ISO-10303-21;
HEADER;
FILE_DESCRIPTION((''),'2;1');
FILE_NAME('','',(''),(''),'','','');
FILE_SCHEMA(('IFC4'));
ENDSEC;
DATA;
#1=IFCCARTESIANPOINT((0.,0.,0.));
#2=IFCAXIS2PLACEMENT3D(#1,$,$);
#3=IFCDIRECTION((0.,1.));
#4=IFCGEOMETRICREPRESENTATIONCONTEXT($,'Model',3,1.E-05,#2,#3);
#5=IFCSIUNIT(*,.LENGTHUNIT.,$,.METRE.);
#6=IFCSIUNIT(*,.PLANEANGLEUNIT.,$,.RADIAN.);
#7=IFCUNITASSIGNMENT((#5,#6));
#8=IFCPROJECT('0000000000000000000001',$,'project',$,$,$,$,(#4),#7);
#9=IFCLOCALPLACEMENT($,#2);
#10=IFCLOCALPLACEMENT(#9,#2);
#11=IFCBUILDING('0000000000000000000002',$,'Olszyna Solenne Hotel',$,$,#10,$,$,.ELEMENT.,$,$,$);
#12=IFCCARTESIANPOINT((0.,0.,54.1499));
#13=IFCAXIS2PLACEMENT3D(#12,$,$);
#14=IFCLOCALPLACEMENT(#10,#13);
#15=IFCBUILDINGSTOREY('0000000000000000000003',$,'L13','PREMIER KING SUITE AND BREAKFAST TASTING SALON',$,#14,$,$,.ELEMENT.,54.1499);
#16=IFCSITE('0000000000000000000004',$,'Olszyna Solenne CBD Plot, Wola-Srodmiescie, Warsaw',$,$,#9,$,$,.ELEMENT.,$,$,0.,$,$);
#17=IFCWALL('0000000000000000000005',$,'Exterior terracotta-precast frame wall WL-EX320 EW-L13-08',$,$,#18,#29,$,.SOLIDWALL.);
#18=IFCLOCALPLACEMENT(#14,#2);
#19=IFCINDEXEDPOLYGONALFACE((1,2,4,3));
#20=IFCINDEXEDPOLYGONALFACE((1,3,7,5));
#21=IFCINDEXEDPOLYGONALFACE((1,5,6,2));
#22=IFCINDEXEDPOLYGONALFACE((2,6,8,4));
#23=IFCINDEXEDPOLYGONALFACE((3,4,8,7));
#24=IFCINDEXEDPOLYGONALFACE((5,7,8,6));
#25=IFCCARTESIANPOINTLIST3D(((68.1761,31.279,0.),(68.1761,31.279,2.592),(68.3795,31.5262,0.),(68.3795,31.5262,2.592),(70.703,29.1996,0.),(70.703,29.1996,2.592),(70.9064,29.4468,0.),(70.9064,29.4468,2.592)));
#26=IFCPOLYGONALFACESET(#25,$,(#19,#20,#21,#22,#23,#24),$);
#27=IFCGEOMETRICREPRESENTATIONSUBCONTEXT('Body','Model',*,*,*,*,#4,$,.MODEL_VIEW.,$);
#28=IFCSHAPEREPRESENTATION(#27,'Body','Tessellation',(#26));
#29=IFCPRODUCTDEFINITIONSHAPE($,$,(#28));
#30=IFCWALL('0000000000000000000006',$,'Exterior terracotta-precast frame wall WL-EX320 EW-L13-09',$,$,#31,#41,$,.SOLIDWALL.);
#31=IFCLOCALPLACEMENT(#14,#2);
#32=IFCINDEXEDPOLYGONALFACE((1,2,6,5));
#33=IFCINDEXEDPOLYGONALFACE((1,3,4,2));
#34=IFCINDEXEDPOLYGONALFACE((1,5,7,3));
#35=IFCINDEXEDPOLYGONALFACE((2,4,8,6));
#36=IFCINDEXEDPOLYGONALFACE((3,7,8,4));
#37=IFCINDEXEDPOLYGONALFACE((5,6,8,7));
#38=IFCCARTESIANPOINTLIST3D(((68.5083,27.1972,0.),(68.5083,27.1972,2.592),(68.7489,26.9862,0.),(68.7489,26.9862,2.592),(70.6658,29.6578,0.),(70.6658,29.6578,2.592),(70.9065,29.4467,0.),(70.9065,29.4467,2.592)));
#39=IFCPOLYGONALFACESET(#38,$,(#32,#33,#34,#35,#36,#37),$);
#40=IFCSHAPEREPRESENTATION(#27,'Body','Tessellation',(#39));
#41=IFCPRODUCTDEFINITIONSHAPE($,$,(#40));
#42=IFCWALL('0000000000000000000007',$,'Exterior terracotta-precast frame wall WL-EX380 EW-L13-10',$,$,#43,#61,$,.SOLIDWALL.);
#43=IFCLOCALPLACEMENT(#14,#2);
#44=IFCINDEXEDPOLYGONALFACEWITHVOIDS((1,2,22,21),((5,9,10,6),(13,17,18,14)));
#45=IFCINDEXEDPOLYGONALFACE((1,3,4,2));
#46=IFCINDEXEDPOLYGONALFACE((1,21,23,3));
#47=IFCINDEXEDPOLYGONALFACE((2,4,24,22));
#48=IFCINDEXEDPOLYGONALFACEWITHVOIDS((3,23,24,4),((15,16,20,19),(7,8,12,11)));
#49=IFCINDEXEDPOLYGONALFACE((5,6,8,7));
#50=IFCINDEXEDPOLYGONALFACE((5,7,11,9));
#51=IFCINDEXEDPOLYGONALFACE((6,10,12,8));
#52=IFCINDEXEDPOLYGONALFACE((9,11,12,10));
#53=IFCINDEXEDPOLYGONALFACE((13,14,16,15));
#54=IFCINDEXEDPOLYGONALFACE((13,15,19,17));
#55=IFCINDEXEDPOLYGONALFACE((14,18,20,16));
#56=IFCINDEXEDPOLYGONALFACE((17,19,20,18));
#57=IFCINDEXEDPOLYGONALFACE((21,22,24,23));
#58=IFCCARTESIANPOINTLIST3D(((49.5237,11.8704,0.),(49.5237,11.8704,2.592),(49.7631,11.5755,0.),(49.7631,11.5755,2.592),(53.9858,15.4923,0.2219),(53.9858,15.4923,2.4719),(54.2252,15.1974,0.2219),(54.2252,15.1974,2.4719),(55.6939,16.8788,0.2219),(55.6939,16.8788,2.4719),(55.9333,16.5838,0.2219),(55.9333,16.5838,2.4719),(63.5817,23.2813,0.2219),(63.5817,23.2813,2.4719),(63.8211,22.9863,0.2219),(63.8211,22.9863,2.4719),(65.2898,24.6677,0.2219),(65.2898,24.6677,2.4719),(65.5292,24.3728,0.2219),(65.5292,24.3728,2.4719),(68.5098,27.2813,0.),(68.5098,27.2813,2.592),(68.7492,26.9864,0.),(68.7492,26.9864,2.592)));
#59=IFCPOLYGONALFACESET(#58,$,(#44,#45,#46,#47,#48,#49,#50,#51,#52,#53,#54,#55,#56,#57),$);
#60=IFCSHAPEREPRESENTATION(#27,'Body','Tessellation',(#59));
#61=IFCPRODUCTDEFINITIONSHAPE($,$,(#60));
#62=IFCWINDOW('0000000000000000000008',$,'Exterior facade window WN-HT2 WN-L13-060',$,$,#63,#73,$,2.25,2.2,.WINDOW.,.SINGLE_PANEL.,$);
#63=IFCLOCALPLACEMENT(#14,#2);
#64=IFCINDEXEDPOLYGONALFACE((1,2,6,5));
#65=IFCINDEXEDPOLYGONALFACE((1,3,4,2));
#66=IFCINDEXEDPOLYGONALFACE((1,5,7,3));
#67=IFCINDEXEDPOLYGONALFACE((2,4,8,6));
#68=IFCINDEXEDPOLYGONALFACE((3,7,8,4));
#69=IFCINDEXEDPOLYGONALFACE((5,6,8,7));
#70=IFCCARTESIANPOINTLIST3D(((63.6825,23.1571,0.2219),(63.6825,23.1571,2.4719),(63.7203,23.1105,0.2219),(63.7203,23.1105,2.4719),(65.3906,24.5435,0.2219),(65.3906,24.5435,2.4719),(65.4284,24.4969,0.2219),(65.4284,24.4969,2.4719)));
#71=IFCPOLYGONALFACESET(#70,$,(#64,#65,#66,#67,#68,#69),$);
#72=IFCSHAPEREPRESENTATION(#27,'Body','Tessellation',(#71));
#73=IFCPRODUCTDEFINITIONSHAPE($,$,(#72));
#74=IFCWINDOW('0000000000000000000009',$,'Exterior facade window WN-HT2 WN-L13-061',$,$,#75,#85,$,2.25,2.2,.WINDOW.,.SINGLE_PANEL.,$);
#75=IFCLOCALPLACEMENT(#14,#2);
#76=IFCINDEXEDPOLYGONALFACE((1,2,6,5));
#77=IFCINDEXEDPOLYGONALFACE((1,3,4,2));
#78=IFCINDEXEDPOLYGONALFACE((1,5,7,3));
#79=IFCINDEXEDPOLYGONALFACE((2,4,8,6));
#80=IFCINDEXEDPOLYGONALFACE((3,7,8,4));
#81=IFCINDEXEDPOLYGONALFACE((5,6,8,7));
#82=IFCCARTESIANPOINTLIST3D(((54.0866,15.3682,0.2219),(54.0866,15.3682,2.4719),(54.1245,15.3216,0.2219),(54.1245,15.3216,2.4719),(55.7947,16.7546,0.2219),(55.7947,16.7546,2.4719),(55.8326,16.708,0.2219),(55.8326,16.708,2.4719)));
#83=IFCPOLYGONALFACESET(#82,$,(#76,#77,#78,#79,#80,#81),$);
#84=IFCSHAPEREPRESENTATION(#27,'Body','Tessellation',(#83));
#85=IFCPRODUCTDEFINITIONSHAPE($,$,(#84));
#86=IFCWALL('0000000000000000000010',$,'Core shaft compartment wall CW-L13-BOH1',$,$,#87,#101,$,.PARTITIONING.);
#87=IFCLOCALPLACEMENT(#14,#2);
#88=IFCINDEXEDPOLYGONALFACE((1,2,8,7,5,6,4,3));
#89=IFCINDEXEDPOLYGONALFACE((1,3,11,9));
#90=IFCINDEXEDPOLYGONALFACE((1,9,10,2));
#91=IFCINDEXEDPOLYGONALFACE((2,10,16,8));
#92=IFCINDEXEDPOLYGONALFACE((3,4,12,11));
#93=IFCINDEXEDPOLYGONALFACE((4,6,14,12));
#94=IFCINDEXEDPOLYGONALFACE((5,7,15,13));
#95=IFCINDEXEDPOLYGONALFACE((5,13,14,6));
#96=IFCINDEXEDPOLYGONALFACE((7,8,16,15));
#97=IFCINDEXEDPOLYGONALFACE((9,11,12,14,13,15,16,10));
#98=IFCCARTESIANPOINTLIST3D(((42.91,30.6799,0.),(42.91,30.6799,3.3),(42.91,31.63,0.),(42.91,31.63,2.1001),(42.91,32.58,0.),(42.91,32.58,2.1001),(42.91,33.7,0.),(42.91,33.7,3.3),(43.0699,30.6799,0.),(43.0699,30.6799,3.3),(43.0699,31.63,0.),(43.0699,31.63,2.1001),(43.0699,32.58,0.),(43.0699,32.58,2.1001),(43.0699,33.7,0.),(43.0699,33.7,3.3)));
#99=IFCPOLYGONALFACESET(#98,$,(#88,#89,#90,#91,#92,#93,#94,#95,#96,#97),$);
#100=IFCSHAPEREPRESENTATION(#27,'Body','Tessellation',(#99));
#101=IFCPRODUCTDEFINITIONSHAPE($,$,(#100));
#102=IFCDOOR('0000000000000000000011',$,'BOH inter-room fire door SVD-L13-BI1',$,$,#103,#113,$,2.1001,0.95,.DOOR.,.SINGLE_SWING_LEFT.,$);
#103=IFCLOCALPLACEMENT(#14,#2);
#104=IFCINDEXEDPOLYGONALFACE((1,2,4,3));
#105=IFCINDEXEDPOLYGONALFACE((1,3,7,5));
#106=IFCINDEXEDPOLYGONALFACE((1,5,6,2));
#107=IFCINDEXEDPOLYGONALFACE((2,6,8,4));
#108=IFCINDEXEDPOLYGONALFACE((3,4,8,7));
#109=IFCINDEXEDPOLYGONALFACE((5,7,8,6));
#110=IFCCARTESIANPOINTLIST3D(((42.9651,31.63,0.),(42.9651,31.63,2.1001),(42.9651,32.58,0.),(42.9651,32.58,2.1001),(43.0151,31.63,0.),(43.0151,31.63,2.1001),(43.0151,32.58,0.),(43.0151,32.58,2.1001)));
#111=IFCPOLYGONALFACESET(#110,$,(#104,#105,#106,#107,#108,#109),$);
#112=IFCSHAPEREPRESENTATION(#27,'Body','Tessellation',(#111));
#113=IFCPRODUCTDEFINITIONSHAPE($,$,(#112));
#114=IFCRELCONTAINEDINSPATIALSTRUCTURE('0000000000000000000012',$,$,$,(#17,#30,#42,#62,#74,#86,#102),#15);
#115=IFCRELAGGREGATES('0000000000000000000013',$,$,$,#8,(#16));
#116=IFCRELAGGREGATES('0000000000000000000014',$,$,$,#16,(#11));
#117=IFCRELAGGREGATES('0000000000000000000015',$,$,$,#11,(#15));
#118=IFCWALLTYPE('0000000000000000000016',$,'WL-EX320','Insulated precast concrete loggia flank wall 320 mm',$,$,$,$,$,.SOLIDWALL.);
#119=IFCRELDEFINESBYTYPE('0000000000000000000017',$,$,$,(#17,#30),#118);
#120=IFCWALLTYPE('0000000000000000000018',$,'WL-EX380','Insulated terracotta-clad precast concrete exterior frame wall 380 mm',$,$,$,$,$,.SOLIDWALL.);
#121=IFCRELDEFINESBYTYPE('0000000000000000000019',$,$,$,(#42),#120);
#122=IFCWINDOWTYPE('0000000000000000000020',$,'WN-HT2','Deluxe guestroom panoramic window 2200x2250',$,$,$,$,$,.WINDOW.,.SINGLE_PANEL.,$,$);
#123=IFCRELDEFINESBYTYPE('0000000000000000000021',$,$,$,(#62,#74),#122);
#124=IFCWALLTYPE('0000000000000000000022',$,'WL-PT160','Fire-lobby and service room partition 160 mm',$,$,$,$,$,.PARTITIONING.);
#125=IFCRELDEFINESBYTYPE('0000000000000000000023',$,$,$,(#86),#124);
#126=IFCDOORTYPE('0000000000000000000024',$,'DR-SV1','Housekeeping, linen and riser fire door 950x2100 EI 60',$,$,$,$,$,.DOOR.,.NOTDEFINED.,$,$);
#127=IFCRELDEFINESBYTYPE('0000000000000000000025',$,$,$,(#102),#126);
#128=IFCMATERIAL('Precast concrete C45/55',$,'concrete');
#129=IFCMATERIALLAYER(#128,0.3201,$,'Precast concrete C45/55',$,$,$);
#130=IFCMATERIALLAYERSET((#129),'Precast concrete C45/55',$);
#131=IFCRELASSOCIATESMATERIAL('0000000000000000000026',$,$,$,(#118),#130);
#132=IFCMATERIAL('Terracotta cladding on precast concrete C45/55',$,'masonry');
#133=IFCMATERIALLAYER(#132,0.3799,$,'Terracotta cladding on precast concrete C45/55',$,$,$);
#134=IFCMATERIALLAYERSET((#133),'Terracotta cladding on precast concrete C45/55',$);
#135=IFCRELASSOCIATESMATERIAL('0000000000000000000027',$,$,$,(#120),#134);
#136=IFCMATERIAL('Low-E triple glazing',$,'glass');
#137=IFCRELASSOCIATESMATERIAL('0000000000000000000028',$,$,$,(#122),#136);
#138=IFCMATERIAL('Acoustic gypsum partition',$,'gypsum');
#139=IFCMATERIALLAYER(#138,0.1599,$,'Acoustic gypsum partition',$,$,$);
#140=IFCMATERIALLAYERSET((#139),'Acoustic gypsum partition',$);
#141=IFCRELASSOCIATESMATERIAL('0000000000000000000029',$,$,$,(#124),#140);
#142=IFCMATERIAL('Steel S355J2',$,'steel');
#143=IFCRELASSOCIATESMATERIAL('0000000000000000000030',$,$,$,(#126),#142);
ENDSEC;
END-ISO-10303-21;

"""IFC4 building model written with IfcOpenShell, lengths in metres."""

from ifc_helpers import new_model, si_unit, direction, frame, frame_2d, origin, place, context, subcontext, project, spatial, rectangle, extrude, source, transform, mapped, material, layer, layer_set, type_object, type_shapes, element, fill, save


model = new_model("IFC4")

# Units and contexts
model_context = context("Model", 3, precision=1e-05, world=origin(), true_north=direction((0.0, 1.0)))
body_context = subcontext(model_context, "Body", "Model", "MODEL_VIEW")
ifc_project = project(units=[si_unit("LENGTHUNIT", "METRE"), si_unit("PLANEANGLEUNIT", "RADIAN")], contexts=[model_context])

# Site, building, storey
site_placement = place(None, origin())
site = spatial("IfcSite", under=ifc_project, at=site_placement, Name="Olszyna Solenne CBD Plot, Wola-Srodmiescie, Warsaw", CompositionType="ELEMENT", RefElevation=0.0)
building_placement = place(site_placement, origin())
building = spatial("IfcBuilding", under=site, at=building_placement, Name="Olszyna Solenne Hotel", CompositionType="ELEMENT")
storey_placement = place(building_placement, frame((0.0, 0.0, 54.1499)))
storey = spatial("IfcBuildingStorey", under=building, at=storey_placement, Name="L13", Description="PREMIER KING SUITE AND BREAKFAST TASTING SALON", CompositionType="ELEMENT", Elevation=54.1499)

# Shared definitions
ifc_material_1 = material(Name="Steel S355J2", Category="steel")

# Shared definitions
ifc_material_2 = material(Name="Low-E triple glazing", Category="glass")

# Shared definitions
ifc_material_3 = material(Name="Precast concrete C45/55", Category="concrete")
ifc_layer_1 = layer(ifc_material_3, 0.3201, Name="Precast concrete C45/55")
ifc_layer_set_1 = layer_set([ifc_layer_1], Name="Precast concrete C45/55")
wall_type_1 = type_object("IfcWallType", Name="WL-EX320", Description="Insulated precast concrete loggia flank wall 320 mm", PredefinedType="SOLIDWALL", material=ifc_layer_set_1)

# Walls
for number, where, z_axis, x_axis, name in (
    (1, (68.2778, 31.4026, 0.0), (0.0, 0.0, 1.0), (0.772169, -0.635417, 0.0), "Exterior terracotta-precast frame wall WL-EX320 EW-L13-08"),
    (2, (70.7861, 29.5522, 0.0), (0.0, 0.0, 1.0), (-0.659297, -0.751883, 0.0), "Exterior terracotta-precast frame wall WL-EX320 EW-L13-09"),
):
    element("IfcWall", number, at=place(storey_placement, frame(where, z_axis=z_axis, x_axis=x_axis)), inside=storey, type_object=wall_type_1, Name=name, PredefinedType="SOLIDWALL", context=body_context, shape_type="SweptSolid", body=[
        extrude(rectangle(XDim=3.2725, YDim=0.3201, at=frame_2d((1.6362, 0.0))), origin(), (0.0, 0.0, 1.0), 2.592),
    ])

# Wall, openings, windows
ifc_material_4 = material(Name="Terracotta cladding on precast concrete C45/55", Category="masonry")
ifc_layer_2 = layer(ifc_material_4, 0.3799, Name="Terracotta cladding on precast concrete C45/55")
ifc_layer_set_2 = layer_set([ifc_layer_2], Name="Terracotta cladding on precast concrete C45/55")
wall_type_2 = type_object("IfcWallType", Name="WL-EX380", Description="Insulated terracotta-clad precast concrete exterior frame wall 380 mm", PredefinedType="SOLIDWALL", material=ifc_layer_set_2)
wall_1_placement = place(storey_placement, frame((68.6294, 27.1338, 0.0), z_axis=(0.0, 0.0, 1.0), x_axis=(-0.77642, -0.630216, 0.0)))
wall_1 = element("IfcWall", 3, at=wall_1_placement, inside=storey, type_object=wall_type_2, Name="Exterior terracotta-precast frame wall WL-EX380 EW-L13-10", PredefinedType="SOLIDWALL", context=body_context, shape_type="SweptSolid", body=[
    extrude(rectangle(XDim=24.4534, YDim=0.3799, at=frame_2d((12.2266, 0.0))), origin(), (0.0, 0.0, 1.0), 2.592),
])
opening_1_placement = place(wall_1_placement, frame((4.147, 0.0, 0.2219)))
opening_1 = element("IfcOpeningElement", 4, at=opening_1_placement, cuts=wall_1, PredefinedType="OPENING", context=body_context, shape_type="SweptSolid", body=[
    extrude(rectangle(XDim=2.2, YDim=2.25, at=frame_2d((1.1001, 1.125))), frame((0.0, 0.2, 0.0), z_axis=(0.0, -1.0, 0.0), x_axis=(1.0, 0.0, 0.0)), (0.0, 0.0, 1.0), 0.3999),
])
opening_2_placement = place(wall_1_placement, frame((16.5061, 0.0, 0.2219)))
opening_2 = element("IfcOpeningElement", 5, at=opening_2_placement, cuts=wall_1, PredefinedType="OPENING", context=body_context, shape_type="SweptSolid", body=[
    extrude(rectangle(XDim=2.2, YDim=2.25, at=frame_2d((1.1001, 1.125))), frame((0.0, 0.2, 0.0), z_axis=(0.0, -1.0, 0.0), x_axis=(1.0, 0.0, 0.0)), (0.0, 0.0, 1.0), 0.3999),
])
window_type_1 = type_object("IfcWindowType", Name="WN-HT2", Description="Deluxe guestroom panoramic window 2200x2250", PartitioningType="SINGLE_PANEL", PredefinedType="WINDOW", material=ifc_material_2)
shared_shape_1 = source(origin(), body_context, "Body", "SweptSolid", [
    extrude(rectangle(XDim=2.2, YDim=2.25, at=frame_2d((1.1001, 1.125))), frame((0.0, 0.03, 0.0), z_axis=(0.0, -1.0, 0.0), x_axis=(1.0, 0.0, 0.0)), (0.0, 0.0, 1.0), 0.0601),
])
type_shapes(window_type_1, [shared_shape_1])
window_1_placement = place(opening_1_placement, origin())
window_1 = element("IfcWindow", 6, at=window_1_placement, inside=storey, type_object=window_type_1, Name="Exterior facade window WN-HT2 WN-L13-060", OverallHeight=2.25, OverallWidth=2.2, PartitioningType="SINGLE_PANEL", PredefinedType="WINDOW", context=body_context, shape_type="MappedRepresentation", body=[
    mapped(shared_shape_1, transform((0.0, 0.0, 0.0), x_axis=(1.0, 0.0, 0.0), y_axis=(0.0, 1.0, 0.0), z_axis=(0.0, 0.0, 1.0), scale=1.0)),
])
fill(opening_1, window_1)
window_2_placement = place(opening_2_placement, origin())
window_2 = element("IfcWindow", 7, at=window_2_placement, inside=storey, type_object=window_type_1, Name="Exterior facade window WN-HT2 WN-L13-061", OverallHeight=2.25, OverallWidth=2.2, PartitioningType="SINGLE_PANEL", PredefinedType="WINDOW", context=body_context, shape_type="MappedRepresentation", body=[
    mapped(shared_shape_1, transform((0.0, 0.0, 0.0), x_axis=(1.0, 0.0, 0.0), y_axis=(0.0, 1.0, 0.0), z_axis=(0.0, 0.0, 1.0), scale=1.0)),
])
fill(opening_2, window_2)

# Wall, opening, door
ifc_material_5 = material(Name="Acoustic gypsum partition", Category="gypsum")
ifc_layer_3 = layer(ifc_material_5, 0.1599, Name="Acoustic gypsum partition")
ifc_layer_set_3 = layer_set([ifc_layer_3], Name="Acoustic gypsum partition")
wall_type_3 = type_object("IfcWallType", Name="WL-PT160", Description="Fire-lobby and service room partition 160 mm", PredefinedType="PARTITIONING", material=ifc_layer_set_3)
wall_2_placement = place(storey_placement, frame((42.99, 30.6799, 0.0), z_axis=(0.0, 0.0, 1.0), x_axis=(0.0, 1.0, 0.0)))
wall_2 = element("IfcWall", 8, at=wall_2_placement, inside=storey, type_object=wall_type_3, Name="Core shaft compartment wall CW-L13-BOH1", PredefinedType="PARTITIONING", context=body_context, shape_type="SweptSolid", body=[
    extrude(rectangle(XDim=3.02, YDim=0.1599, at=frame_2d((1.51, 0.0))), origin(), (0.0, 0.0, 1.0), 3.3),
])
opening_3_placement = place(wall_2_placement, frame((0.95, 0.0, 0.0)))
opening_3 = element("IfcOpeningElement", 9, at=opening_3_placement, cuts=wall_2, PredefinedType="OPENING", context=body_context, shape_type="SweptSolid", body=[
    extrude(rectangle(XDim=0.95, YDim=2.1001, at=frame_2d((0.4751, 1.05))), frame((0.0, 0.0898, 0.0), z_axis=(0.0, -1.0, 0.0), x_axis=(1.0, 0.0, 0.0)), (0.0, 0.0, 1.0), 0.1799),
])
door_type_1 = type_object("IfcDoorType", Name="DR-SV1", Description="Housekeeping, linen and riser fire door 950x2100 EI 60", OperationType="NOTDEFINED", PredefinedType="DOOR", material=ifc_material_1)
shared_shape_2 = source(origin(), body_context, "Body", "SweptSolid", [
    extrude(rectangle(XDim=0.95, YDim=2.1001, at=frame_2d((0.4751, 1.05))), frame((0.0, 0.0249, 0.0), z_axis=(0.0, -1.0, 0.0), x_axis=(1.0, 0.0, 0.0)), (0.0, 0.0, 1.0), 0.05),
])
type_shapes(door_type_1, [shared_shape_2])
door_1_placement = place(opening_3_placement, origin())
door_1 = element("IfcDoor", 10, at=door_1_placement, inside=storey, type_object=door_type_1, Name="BOH inter-room fire door SVD-L13-BI1", OperationType="SINGLE_SWING_LEFT", OverallHeight=2.1001, OverallWidth=0.95, PredefinedType="DOOR", context=body_context, shape_type="MappedRepresentation", body=[
    mapped(shared_shape_2, transform((0.0, 0.0, 0.0), x_axis=(1.0, 0.0, 0.0), y_axis=(0.0, 1.0, 0.0), z_axis=(0.0, 0.0, 1.0), scale=1.0)),
])
fill(opening_3, door_1)

save(model, "model.ifc")
